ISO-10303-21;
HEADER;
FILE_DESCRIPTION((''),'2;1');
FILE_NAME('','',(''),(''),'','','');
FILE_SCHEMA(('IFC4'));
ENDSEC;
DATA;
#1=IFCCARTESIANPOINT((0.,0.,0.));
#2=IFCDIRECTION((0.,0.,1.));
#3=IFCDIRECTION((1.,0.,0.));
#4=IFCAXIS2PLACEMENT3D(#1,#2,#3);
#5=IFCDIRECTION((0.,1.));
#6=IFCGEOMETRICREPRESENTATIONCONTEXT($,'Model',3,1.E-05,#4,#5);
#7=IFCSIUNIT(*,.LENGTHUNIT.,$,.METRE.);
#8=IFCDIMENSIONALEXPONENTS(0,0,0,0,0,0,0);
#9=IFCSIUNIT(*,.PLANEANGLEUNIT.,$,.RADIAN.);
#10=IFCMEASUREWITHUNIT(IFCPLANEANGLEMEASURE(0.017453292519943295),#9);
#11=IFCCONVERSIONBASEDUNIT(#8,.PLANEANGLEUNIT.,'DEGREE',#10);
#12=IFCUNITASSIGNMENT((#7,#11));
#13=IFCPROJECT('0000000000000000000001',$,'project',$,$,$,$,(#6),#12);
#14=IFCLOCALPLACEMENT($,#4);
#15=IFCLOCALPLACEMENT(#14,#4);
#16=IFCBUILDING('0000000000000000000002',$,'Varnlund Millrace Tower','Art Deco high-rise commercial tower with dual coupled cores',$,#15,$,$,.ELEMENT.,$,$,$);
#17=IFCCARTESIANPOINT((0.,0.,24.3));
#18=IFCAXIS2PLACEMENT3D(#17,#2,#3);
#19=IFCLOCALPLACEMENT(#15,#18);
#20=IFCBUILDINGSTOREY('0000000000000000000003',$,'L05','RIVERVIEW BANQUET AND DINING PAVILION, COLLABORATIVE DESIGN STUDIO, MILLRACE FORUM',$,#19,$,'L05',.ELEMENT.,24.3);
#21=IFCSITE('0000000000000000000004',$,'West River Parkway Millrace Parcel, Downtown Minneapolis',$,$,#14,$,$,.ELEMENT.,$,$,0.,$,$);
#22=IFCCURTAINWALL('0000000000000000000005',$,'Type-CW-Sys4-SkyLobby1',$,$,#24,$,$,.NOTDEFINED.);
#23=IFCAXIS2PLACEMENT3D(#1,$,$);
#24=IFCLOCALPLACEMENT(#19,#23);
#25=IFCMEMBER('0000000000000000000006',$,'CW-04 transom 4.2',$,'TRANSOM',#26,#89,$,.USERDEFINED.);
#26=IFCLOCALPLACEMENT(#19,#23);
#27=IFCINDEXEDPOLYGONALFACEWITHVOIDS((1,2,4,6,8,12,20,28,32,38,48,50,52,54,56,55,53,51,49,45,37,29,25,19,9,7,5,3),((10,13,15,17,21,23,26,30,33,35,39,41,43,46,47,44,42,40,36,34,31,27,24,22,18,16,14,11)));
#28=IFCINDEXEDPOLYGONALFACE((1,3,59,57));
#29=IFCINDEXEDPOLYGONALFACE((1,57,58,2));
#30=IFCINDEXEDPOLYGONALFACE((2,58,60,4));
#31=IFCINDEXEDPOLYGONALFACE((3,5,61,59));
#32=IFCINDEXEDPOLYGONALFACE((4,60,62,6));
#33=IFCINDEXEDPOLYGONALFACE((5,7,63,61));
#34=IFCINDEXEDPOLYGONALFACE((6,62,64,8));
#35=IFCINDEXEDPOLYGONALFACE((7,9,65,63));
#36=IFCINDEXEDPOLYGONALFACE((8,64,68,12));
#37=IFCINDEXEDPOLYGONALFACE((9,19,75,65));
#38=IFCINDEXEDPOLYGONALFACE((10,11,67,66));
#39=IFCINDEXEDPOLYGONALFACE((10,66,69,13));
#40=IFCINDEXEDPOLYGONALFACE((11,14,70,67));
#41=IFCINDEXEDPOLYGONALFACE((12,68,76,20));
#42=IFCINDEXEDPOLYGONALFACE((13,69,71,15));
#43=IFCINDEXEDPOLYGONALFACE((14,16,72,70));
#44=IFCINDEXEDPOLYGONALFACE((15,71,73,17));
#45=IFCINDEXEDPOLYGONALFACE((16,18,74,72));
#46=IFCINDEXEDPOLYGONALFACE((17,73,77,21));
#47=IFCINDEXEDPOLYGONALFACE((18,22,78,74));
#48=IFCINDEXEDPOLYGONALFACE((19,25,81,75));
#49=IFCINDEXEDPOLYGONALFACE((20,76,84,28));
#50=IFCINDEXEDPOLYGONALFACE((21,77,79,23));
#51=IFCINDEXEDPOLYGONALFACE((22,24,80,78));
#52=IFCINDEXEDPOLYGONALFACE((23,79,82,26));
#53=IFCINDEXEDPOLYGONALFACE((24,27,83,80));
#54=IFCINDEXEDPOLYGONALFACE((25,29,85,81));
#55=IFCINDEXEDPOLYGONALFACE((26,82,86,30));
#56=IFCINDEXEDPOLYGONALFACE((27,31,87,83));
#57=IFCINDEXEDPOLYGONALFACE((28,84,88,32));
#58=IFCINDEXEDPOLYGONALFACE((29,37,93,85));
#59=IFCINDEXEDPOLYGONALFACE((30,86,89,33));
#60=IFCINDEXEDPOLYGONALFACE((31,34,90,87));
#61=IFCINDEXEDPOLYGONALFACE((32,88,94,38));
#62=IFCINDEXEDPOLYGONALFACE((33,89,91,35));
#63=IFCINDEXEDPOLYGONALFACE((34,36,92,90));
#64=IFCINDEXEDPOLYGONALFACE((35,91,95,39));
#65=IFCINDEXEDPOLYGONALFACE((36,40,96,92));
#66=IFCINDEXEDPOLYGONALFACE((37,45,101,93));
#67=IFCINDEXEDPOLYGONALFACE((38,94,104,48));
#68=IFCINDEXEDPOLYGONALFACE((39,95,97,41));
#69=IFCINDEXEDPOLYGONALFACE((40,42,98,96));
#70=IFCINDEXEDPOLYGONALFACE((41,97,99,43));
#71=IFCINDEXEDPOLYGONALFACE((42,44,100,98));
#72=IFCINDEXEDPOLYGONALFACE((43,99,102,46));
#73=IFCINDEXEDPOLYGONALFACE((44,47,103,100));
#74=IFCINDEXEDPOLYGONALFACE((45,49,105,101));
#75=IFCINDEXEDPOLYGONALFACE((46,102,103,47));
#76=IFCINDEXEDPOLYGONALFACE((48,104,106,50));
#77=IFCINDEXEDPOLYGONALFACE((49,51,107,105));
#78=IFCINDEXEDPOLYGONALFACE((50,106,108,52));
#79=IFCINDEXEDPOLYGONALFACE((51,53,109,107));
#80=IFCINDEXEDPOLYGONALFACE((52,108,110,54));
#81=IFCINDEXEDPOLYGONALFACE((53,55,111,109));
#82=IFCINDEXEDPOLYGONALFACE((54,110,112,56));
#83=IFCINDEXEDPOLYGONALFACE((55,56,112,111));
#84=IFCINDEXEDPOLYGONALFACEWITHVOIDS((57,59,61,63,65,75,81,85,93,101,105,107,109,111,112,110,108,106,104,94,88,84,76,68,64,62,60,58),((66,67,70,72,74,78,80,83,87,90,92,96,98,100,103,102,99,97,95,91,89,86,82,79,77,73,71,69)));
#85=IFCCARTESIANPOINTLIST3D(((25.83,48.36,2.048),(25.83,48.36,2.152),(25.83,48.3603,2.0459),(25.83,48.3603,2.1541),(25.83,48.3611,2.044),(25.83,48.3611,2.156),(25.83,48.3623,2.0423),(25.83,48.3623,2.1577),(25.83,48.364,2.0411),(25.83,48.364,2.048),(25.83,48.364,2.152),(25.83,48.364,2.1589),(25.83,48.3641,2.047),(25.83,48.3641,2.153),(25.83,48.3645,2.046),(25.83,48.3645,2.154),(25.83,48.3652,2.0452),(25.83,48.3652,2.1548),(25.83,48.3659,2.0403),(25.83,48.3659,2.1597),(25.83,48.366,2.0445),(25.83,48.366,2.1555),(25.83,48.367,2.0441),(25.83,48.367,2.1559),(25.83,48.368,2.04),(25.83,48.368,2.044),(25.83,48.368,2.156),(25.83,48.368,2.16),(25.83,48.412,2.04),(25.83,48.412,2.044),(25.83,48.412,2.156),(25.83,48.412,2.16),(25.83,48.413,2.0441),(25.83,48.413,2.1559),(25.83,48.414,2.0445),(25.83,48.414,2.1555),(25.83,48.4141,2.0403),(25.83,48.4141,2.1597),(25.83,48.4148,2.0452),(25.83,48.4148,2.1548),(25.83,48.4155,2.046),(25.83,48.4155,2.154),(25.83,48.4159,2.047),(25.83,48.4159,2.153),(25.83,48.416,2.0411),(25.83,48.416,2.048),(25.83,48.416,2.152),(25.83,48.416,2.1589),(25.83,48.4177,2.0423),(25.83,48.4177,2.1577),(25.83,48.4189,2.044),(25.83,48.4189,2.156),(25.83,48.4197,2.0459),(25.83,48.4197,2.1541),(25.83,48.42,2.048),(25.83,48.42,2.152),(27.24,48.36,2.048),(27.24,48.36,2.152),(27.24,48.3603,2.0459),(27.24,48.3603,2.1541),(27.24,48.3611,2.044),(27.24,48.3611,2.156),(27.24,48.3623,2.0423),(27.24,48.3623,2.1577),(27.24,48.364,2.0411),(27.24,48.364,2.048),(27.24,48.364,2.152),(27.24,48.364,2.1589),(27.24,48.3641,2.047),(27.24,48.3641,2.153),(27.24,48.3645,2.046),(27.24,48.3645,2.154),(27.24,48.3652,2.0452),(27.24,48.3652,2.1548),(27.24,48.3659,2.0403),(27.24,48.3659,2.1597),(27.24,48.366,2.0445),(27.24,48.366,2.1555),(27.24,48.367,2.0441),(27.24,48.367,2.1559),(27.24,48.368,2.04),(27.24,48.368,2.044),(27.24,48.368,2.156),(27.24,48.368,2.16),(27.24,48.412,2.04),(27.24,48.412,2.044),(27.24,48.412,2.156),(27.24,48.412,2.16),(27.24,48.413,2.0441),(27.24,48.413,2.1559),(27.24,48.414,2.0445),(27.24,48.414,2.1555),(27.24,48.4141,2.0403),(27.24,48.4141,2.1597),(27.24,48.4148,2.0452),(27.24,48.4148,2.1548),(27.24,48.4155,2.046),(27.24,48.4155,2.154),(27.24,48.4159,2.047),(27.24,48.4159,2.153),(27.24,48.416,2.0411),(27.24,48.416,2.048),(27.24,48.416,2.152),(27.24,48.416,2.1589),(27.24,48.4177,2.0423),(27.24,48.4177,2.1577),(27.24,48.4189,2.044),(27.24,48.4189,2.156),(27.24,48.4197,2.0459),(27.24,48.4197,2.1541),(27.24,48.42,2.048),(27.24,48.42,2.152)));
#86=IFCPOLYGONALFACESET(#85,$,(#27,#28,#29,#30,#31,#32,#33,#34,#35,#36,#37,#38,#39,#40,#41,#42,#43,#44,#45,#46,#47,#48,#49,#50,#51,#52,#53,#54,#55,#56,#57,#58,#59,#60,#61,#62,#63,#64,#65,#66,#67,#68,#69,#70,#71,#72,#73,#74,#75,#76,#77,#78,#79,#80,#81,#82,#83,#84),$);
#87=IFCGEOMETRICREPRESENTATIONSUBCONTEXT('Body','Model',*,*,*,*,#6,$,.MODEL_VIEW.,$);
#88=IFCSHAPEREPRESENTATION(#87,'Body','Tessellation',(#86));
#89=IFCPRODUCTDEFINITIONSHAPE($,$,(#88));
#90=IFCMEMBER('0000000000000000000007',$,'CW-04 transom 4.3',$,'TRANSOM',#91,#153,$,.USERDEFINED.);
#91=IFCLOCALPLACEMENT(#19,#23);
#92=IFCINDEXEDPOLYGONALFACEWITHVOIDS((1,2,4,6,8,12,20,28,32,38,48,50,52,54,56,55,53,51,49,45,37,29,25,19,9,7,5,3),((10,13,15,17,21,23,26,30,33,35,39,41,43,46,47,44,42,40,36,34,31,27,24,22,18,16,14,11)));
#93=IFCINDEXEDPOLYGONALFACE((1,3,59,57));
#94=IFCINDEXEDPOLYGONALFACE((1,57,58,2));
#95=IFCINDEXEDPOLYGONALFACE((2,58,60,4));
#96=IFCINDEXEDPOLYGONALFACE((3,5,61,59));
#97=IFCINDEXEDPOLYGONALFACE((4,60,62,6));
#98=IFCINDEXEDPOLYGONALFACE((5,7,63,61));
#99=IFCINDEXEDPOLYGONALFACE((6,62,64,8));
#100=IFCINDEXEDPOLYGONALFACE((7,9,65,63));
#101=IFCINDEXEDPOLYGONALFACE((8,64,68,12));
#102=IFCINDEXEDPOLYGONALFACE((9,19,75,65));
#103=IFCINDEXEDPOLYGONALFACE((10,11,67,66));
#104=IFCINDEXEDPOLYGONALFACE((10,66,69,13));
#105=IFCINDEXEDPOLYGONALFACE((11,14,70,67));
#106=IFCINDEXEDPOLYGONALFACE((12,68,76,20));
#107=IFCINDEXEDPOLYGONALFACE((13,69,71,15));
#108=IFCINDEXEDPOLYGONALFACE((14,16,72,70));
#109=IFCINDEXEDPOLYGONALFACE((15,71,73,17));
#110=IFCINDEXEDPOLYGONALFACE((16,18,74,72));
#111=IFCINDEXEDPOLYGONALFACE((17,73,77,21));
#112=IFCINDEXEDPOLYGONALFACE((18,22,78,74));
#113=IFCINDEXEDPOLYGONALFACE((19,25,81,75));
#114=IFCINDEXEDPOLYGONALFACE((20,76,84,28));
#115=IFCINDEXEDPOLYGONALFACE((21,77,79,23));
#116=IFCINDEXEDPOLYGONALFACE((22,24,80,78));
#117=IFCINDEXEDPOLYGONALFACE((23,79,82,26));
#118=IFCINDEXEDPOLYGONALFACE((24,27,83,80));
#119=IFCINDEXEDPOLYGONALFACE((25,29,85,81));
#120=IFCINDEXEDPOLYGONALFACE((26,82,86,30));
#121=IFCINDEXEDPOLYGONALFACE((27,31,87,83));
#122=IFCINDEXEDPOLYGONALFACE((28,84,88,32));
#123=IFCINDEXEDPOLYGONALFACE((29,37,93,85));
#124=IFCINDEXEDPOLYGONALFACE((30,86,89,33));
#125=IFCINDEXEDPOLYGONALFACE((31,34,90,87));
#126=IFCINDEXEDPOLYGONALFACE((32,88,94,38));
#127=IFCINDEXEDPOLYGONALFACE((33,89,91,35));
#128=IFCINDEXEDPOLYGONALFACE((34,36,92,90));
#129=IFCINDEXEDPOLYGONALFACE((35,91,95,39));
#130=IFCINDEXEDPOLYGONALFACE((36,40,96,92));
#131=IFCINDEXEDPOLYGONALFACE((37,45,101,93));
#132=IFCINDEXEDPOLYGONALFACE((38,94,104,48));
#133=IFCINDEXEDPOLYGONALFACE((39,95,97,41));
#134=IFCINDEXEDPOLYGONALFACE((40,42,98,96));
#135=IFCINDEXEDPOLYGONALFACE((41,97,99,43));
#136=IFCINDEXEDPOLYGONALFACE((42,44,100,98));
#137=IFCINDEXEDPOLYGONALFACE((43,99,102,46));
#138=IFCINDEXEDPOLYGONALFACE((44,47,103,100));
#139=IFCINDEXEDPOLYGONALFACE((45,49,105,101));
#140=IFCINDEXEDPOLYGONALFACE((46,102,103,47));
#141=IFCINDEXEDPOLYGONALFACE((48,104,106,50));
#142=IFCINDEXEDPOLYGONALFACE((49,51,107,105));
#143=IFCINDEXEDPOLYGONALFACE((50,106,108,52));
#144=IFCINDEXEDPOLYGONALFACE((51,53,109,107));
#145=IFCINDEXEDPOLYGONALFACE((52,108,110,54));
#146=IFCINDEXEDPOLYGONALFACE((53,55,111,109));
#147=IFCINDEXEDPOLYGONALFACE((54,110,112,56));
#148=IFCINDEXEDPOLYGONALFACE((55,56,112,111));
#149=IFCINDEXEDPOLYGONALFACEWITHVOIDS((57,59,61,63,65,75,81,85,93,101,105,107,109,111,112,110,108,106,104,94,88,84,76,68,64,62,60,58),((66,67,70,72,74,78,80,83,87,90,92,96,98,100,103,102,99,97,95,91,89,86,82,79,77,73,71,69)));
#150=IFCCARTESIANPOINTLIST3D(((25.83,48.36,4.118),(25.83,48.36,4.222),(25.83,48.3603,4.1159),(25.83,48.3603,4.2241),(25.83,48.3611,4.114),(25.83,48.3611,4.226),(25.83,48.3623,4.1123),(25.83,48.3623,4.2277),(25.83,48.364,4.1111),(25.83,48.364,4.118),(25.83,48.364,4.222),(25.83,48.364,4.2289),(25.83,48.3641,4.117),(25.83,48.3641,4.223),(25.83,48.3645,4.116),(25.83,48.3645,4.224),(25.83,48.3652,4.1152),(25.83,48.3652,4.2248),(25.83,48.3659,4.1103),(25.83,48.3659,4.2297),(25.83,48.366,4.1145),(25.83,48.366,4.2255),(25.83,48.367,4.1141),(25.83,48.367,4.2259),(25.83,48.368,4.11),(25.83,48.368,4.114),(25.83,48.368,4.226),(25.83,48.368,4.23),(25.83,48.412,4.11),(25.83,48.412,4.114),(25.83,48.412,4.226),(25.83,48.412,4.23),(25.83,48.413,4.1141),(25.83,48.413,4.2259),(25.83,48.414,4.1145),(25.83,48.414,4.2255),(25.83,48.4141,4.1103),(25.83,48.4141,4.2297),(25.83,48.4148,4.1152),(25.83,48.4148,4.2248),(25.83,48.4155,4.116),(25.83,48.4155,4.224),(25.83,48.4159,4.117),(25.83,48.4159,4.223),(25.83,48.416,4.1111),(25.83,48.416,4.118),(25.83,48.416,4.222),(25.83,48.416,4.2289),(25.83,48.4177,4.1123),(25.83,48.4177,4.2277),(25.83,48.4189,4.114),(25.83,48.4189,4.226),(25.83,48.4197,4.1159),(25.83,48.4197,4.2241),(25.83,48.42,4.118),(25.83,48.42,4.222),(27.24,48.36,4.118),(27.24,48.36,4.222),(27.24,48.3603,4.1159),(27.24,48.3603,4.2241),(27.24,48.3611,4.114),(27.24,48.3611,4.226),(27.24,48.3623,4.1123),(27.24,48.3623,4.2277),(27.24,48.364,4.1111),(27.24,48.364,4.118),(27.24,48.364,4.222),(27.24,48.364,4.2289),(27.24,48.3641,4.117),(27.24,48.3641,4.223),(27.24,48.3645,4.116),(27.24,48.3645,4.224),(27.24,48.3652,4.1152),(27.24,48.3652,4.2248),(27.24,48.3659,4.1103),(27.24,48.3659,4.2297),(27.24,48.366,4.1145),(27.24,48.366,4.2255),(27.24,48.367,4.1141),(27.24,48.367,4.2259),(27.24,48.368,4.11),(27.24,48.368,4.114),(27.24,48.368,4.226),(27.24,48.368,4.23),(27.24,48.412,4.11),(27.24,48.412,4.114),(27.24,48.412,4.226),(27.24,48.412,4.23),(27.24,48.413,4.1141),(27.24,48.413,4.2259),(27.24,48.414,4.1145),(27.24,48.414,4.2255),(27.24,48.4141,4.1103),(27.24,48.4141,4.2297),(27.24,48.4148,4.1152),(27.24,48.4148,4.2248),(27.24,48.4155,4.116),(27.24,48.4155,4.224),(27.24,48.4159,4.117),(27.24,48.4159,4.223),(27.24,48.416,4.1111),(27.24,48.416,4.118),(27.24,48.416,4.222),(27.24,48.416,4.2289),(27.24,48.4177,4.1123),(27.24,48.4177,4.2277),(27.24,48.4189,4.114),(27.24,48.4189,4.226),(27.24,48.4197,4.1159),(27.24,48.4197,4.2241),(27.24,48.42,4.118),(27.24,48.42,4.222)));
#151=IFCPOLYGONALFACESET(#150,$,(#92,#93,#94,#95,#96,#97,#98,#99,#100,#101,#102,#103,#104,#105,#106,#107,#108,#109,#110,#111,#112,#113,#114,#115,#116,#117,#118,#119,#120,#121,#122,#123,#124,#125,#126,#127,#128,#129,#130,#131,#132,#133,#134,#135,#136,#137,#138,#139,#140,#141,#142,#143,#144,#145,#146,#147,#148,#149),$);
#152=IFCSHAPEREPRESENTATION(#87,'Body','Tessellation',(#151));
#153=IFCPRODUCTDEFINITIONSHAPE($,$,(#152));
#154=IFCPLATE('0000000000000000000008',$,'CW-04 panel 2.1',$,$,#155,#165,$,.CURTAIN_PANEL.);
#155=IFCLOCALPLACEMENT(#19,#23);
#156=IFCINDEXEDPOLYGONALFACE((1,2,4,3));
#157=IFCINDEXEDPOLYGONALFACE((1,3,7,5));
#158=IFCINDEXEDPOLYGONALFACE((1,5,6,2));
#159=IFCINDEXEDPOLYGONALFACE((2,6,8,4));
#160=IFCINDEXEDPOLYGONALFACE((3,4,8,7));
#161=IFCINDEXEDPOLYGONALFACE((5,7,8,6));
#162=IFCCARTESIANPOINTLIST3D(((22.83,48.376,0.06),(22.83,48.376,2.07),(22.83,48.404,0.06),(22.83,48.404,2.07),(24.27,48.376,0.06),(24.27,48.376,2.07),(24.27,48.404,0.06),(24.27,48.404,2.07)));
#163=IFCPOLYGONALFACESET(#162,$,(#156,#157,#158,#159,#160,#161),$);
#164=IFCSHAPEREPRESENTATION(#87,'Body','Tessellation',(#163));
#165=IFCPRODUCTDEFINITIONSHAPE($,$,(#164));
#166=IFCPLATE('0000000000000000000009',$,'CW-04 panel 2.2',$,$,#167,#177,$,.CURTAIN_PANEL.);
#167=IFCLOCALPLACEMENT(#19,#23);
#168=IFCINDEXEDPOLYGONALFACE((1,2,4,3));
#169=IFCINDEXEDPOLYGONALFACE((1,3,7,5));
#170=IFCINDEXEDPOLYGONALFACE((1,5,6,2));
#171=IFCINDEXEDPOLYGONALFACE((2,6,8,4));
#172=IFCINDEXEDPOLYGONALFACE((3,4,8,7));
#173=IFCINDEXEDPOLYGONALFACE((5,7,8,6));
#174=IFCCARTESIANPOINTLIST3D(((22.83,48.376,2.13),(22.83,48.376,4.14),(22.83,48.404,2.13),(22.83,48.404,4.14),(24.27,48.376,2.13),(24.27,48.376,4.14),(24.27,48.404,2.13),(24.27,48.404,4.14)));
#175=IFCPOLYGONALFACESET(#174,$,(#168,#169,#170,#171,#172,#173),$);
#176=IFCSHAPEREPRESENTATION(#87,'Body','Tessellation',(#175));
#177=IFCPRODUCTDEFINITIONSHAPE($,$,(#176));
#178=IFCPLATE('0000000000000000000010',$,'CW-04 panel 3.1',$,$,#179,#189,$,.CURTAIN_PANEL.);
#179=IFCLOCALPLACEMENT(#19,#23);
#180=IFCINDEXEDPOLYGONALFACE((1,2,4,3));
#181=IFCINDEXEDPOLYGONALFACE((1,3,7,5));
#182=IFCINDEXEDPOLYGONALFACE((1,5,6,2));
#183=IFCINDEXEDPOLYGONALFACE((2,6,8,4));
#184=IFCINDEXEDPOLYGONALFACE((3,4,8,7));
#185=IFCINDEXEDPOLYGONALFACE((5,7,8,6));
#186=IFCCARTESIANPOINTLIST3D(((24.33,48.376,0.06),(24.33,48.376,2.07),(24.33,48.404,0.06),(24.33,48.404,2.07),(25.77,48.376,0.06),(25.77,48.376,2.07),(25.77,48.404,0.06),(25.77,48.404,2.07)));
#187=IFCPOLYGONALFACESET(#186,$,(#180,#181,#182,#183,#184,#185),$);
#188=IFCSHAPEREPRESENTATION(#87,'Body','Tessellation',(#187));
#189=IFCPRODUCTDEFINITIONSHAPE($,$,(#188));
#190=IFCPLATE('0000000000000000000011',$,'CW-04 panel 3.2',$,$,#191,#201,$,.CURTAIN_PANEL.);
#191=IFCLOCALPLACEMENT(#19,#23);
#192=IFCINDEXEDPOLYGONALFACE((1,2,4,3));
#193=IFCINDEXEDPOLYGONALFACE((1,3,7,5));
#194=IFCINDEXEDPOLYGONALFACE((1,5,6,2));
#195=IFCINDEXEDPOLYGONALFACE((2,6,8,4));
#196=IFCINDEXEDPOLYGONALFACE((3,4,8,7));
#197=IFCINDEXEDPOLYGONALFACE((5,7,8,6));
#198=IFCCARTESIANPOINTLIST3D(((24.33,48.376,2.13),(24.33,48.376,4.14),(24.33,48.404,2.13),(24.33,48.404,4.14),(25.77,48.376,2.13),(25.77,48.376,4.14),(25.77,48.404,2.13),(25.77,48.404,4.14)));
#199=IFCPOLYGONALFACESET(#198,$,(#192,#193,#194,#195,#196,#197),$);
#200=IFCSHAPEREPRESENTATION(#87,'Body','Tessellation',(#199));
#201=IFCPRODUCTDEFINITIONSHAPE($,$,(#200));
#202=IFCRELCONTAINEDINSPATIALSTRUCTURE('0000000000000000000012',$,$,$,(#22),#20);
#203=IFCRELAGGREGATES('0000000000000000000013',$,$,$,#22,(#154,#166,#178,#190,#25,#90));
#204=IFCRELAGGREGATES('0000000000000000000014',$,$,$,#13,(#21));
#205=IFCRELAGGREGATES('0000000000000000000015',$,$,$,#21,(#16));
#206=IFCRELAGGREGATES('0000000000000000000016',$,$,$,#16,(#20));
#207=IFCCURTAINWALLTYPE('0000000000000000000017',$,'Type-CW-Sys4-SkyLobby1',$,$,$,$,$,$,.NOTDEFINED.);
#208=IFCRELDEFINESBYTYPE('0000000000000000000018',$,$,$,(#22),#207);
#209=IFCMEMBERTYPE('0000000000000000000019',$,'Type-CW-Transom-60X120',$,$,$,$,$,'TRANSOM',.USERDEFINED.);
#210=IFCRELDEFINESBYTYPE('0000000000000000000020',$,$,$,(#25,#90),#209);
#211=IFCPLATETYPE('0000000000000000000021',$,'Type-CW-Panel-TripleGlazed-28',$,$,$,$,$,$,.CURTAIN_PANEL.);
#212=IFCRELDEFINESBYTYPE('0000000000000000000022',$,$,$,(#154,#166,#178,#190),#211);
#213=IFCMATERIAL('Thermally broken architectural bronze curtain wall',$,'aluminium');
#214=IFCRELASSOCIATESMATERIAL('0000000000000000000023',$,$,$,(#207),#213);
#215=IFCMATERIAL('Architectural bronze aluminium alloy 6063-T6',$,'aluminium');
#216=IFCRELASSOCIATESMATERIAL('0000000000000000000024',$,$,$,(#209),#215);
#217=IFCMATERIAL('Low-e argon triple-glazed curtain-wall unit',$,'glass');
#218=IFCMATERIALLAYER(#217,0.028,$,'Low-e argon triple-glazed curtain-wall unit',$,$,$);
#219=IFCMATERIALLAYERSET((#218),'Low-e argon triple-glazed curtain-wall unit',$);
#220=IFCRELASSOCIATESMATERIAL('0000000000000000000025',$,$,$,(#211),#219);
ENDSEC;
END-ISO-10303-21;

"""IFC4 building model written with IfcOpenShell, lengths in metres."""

from ifc_helpers import new_model, entity, si_unit, converted_unit, direction, frame, origin_with_axes, origin_2d_with_axis, place, context, subcontext, project, spatial, rectangle, hollow_rectangle, extrude, material, layer, layer_set, material_profile, profile_set, type_object, element, aggregate, save


model = new_model("IFC4")

# Units and contexts
model_context = context("Model", 3, precision=1e-05, world=origin_with_axes(), true_north=direction((0.0, 1.0)))
body_context = subcontext(model_context, "Body", "Model", "MODEL_VIEW")
ifc_project = project(units=[si_unit("LENGTHUNIT", "METRE"), converted_unit("PLANEANGLEUNIT", "DEGREE", entity("IfcPlaneAngleMeasure", 0.017453292519943295), si_unit("PLANEANGLEUNIT", "RADIAN"), dimensions=[0, 0, 0, 0, 0, 0, 0])], contexts=[model_context])

# Site, building, storey
site_placement = place(None, origin_with_axes())
site = spatial("IfcSite", under=ifc_project, at=site_placement, Name="West River Parkway Millrace Parcel, Downtown Minneapolis", CompositionType="ELEMENT", RefElevation=0.0)
building_placement = place(site_placement, origin_with_axes())
building = spatial("IfcBuilding", under=site, at=building_placement, Name="Varnlund Millrace Tower", Description="Art Deco high-rise commercial tower with dual coupled cores", CompositionType="ELEMENT")
storey_placement = place(building_placement, frame((0.0, 0.0, 24.3), z_axis=(0.0, 0.0, 1.0), x_axis=(1.0, 0.0, 0.0)))
storey = spatial("IfcBuildingStorey", under=building, at=storey_placement, Name="L05", Description="RIVERVIEW BANQUET AND DINING PAVILION, COLLABORATIVE DESIGN STUDIO, MILLRACE FORUM", LongName="L05", CompositionType="ELEMENT", Elevation=24.3)

# Curtain wall, members, plates
ifc_material_1 = material(Name="Thermally broken architectural bronze curtain wall", Category="aluminium")
curtain_wall_type = type_object("IfcCurtainWallType", Name="Type-CW-Sys4-SkyLobby1", PredefinedType="NOTDEFINED", material=ifc_material_1)
curtain_wall_placement = place(storey_placement, frame((21.3, 48.39, 0.0), z_axis=(0.0, 0.0, 1.0), x_axis=(1.0, 0.0, 0.0)))
curtain_wall = element("IfcCurtainWall", 1, at=curtain_wall_placement, inside=storey, type_object=curtain_wall_type, Name="Type-CW-Sys4-SkyLobby1", PredefinedType="NOTDEFINED")
ifc_material_2 = material(Name="Architectural bronze aluminium alloy 6063-T6", Category="aluminium")
ifc_material_profile_1 = material_profile(ifc_material_2, hollow_rectangle(XDim=0.06, YDim=0.12, WallThickness=0.004, InnerFilletRadius=0.004, OuterFilletRadius=0.008, at=origin_2d_with_axis()), Name="Architectural bronze aluminium alloy 6063-T6")
ifc_profile_set_1 = profile_set([ifc_material_profile_1], Name="Architectural bronze aluminium alloy 6063-T6")
member_type_1 = type_object("IfcMemberType", Name="Type-CW-Transom-60X120", ElementType="TRANSOM", PredefinedType="USERDEFINED", material=ifc_profile_set_1)
member_1_placement = place(storey_placement, frame((25.83, 48.39, 2.1), z_axis=(1.0, 0.0, 0.0), x_axis=(0.0, 1.0, 0.0)))
member_1 = element("IfcMember", 2, at=member_1_placement, type_object=member_type_1, Name="CW-04 transom 4.2", ObjectType="TRANSOM", PredefinedType="USERDEFINED", context=body_context, shape_type="SweptSolid", body=[
    extrude(hollow_rectangle(XDim=0.06, YDim=0.12, WallThickness=0.004, InnerFilletRadius=0.004, OuterFilletRadius=0.008, at=origin_2d_with_axis()), origin_with_axes(), (0.0, 0.0, 1.0), 1.41),
])
member_2_placement = place(storey_placement, frame((25.83, 48.39, 4.17), z_axis=(1.0, 0.0, 0.0), x_axis=(0.0, 1.0, 0.0)))
member_2 = element("IfcMember", 3, at=member_2_placement, type_object=member_type_1, Name="CW-04 transom 4.3", ObjectType="TRANSOM", PredefinedType="USERDEFINED", context=body_context, shape_type="SweptSolid", body=[
    extrude(hollow_rectangle(XDim=0.06, YDim=0.12, WallThickness=0.004, InnerFilletRadius=0.004, OuterFilletRadius=0.008, at=origin_2d_with_axis()), origin_with_axes(), (0.0, 0.0, 1.0), 1.41),
])
ifc_material_3 = material(Name="Low-e argon triple-glazed curtain-wall unit", Category="glass")
ifc_layer_1 = layer(ifc_material_3, 0.028, Name="Low-e argon triple-glazed curtain-wall unit")
ifc_layer_set_1 = layer_set([ifc_layer_1], Name="Low-e argon triple-glazed curtain-wall unit")
plate_type = type_object("IfcPlateType", Name="Type-CW-Panel-TripleGlazed-28", PredefinedType="CURTAIN_PANEL", material=ifc_layer_set_1)
plate_1_placement = place(storey_placement, frame((23.55, 48.39, 0.06), z_axis=(0.0, 0.0, 1.0), x_axis=(1.0, 0.0, 0.0)))
plate_1 = element("IfcPlate", 4, at=plate_1_placement, type_object=plate_type, Name="CW-04 panel 2.1", PredefinedType="CURTAIN_PANEL", context=body_context, shape_type="SweptSolid", body=[
    extrude(rectangle(XDim=1.44, YDim=0.028, at=origin_2d_with_axis()), origin_with_axes(), (0.0, 0.0, 1.0), 2.01),
])
plate_2_placement = place(storey_placement, frame((23.55, 48.39, 2.13), z_axis=(0.0, 0.0, 1.0), x_axis=(1.0, 0.0, 0.0)))
plate_2 = element("IfcPlate", 5, at=plate_2_placement, type_object=plate_type, Name="CW-04 panel 2.2", PredefinedType="CURTAIN_PANEL", context=body_context, shape_type="SweptSolid", body=[
    extrude(rectangle(XDim=1.44, YDim=0.028, at=origin_2d_with_axis()), origin_with_axes(), (0.0, 0.0, 1.0), 2.01),
])
plate_3_placement = place(storey_placement, frame((25.05, 48.39, 0.06), z_axis=(0.0, 0.0, 1.0), x_axis=(1.0, 0.0, 0.0)))
plate_3 = element("IfcPlate", 6, at=plate_3_placement, type_object=plate_type, Name="CW-04 panel 3.1", PredefinedType="CURTAIN_PANEL", context=body_context, shape_type="SweptSolid", body=[
    extrude(rectangle(XDim=1.44, YDim=0.028, at=origin_2d_with_axis()), origin_with_axes(), (0.0, 0.0, 1.0), 2.01),
])
plate_4_placement = place(storey_placement, frame((25.05, 48.39, 2.13), z_axis=(0.0, 0.0, 1.0), x_axis=(1.0, 0.0, 0.0)))
plate_4 = element("IfcPlate", 7, at=plate_4_placement, type_object=plate_type, Name="CW-04 panel 3.2", PredefinedType="CURTAIN_PANEL", context=body_context, shape_type="SweptSolid", body=[
    extrude(rectangle(XDim=1.44, YDim=0.028, at=origin_2d_with_axis()), origin_with_axes(), (0.0, 0.0, 1.0), 2.01),
])
aggregate(curtain_wall, [plate_1, plate_2, plate_3, plate_4, member_1, member_2])

save(model, "model.ifc")
